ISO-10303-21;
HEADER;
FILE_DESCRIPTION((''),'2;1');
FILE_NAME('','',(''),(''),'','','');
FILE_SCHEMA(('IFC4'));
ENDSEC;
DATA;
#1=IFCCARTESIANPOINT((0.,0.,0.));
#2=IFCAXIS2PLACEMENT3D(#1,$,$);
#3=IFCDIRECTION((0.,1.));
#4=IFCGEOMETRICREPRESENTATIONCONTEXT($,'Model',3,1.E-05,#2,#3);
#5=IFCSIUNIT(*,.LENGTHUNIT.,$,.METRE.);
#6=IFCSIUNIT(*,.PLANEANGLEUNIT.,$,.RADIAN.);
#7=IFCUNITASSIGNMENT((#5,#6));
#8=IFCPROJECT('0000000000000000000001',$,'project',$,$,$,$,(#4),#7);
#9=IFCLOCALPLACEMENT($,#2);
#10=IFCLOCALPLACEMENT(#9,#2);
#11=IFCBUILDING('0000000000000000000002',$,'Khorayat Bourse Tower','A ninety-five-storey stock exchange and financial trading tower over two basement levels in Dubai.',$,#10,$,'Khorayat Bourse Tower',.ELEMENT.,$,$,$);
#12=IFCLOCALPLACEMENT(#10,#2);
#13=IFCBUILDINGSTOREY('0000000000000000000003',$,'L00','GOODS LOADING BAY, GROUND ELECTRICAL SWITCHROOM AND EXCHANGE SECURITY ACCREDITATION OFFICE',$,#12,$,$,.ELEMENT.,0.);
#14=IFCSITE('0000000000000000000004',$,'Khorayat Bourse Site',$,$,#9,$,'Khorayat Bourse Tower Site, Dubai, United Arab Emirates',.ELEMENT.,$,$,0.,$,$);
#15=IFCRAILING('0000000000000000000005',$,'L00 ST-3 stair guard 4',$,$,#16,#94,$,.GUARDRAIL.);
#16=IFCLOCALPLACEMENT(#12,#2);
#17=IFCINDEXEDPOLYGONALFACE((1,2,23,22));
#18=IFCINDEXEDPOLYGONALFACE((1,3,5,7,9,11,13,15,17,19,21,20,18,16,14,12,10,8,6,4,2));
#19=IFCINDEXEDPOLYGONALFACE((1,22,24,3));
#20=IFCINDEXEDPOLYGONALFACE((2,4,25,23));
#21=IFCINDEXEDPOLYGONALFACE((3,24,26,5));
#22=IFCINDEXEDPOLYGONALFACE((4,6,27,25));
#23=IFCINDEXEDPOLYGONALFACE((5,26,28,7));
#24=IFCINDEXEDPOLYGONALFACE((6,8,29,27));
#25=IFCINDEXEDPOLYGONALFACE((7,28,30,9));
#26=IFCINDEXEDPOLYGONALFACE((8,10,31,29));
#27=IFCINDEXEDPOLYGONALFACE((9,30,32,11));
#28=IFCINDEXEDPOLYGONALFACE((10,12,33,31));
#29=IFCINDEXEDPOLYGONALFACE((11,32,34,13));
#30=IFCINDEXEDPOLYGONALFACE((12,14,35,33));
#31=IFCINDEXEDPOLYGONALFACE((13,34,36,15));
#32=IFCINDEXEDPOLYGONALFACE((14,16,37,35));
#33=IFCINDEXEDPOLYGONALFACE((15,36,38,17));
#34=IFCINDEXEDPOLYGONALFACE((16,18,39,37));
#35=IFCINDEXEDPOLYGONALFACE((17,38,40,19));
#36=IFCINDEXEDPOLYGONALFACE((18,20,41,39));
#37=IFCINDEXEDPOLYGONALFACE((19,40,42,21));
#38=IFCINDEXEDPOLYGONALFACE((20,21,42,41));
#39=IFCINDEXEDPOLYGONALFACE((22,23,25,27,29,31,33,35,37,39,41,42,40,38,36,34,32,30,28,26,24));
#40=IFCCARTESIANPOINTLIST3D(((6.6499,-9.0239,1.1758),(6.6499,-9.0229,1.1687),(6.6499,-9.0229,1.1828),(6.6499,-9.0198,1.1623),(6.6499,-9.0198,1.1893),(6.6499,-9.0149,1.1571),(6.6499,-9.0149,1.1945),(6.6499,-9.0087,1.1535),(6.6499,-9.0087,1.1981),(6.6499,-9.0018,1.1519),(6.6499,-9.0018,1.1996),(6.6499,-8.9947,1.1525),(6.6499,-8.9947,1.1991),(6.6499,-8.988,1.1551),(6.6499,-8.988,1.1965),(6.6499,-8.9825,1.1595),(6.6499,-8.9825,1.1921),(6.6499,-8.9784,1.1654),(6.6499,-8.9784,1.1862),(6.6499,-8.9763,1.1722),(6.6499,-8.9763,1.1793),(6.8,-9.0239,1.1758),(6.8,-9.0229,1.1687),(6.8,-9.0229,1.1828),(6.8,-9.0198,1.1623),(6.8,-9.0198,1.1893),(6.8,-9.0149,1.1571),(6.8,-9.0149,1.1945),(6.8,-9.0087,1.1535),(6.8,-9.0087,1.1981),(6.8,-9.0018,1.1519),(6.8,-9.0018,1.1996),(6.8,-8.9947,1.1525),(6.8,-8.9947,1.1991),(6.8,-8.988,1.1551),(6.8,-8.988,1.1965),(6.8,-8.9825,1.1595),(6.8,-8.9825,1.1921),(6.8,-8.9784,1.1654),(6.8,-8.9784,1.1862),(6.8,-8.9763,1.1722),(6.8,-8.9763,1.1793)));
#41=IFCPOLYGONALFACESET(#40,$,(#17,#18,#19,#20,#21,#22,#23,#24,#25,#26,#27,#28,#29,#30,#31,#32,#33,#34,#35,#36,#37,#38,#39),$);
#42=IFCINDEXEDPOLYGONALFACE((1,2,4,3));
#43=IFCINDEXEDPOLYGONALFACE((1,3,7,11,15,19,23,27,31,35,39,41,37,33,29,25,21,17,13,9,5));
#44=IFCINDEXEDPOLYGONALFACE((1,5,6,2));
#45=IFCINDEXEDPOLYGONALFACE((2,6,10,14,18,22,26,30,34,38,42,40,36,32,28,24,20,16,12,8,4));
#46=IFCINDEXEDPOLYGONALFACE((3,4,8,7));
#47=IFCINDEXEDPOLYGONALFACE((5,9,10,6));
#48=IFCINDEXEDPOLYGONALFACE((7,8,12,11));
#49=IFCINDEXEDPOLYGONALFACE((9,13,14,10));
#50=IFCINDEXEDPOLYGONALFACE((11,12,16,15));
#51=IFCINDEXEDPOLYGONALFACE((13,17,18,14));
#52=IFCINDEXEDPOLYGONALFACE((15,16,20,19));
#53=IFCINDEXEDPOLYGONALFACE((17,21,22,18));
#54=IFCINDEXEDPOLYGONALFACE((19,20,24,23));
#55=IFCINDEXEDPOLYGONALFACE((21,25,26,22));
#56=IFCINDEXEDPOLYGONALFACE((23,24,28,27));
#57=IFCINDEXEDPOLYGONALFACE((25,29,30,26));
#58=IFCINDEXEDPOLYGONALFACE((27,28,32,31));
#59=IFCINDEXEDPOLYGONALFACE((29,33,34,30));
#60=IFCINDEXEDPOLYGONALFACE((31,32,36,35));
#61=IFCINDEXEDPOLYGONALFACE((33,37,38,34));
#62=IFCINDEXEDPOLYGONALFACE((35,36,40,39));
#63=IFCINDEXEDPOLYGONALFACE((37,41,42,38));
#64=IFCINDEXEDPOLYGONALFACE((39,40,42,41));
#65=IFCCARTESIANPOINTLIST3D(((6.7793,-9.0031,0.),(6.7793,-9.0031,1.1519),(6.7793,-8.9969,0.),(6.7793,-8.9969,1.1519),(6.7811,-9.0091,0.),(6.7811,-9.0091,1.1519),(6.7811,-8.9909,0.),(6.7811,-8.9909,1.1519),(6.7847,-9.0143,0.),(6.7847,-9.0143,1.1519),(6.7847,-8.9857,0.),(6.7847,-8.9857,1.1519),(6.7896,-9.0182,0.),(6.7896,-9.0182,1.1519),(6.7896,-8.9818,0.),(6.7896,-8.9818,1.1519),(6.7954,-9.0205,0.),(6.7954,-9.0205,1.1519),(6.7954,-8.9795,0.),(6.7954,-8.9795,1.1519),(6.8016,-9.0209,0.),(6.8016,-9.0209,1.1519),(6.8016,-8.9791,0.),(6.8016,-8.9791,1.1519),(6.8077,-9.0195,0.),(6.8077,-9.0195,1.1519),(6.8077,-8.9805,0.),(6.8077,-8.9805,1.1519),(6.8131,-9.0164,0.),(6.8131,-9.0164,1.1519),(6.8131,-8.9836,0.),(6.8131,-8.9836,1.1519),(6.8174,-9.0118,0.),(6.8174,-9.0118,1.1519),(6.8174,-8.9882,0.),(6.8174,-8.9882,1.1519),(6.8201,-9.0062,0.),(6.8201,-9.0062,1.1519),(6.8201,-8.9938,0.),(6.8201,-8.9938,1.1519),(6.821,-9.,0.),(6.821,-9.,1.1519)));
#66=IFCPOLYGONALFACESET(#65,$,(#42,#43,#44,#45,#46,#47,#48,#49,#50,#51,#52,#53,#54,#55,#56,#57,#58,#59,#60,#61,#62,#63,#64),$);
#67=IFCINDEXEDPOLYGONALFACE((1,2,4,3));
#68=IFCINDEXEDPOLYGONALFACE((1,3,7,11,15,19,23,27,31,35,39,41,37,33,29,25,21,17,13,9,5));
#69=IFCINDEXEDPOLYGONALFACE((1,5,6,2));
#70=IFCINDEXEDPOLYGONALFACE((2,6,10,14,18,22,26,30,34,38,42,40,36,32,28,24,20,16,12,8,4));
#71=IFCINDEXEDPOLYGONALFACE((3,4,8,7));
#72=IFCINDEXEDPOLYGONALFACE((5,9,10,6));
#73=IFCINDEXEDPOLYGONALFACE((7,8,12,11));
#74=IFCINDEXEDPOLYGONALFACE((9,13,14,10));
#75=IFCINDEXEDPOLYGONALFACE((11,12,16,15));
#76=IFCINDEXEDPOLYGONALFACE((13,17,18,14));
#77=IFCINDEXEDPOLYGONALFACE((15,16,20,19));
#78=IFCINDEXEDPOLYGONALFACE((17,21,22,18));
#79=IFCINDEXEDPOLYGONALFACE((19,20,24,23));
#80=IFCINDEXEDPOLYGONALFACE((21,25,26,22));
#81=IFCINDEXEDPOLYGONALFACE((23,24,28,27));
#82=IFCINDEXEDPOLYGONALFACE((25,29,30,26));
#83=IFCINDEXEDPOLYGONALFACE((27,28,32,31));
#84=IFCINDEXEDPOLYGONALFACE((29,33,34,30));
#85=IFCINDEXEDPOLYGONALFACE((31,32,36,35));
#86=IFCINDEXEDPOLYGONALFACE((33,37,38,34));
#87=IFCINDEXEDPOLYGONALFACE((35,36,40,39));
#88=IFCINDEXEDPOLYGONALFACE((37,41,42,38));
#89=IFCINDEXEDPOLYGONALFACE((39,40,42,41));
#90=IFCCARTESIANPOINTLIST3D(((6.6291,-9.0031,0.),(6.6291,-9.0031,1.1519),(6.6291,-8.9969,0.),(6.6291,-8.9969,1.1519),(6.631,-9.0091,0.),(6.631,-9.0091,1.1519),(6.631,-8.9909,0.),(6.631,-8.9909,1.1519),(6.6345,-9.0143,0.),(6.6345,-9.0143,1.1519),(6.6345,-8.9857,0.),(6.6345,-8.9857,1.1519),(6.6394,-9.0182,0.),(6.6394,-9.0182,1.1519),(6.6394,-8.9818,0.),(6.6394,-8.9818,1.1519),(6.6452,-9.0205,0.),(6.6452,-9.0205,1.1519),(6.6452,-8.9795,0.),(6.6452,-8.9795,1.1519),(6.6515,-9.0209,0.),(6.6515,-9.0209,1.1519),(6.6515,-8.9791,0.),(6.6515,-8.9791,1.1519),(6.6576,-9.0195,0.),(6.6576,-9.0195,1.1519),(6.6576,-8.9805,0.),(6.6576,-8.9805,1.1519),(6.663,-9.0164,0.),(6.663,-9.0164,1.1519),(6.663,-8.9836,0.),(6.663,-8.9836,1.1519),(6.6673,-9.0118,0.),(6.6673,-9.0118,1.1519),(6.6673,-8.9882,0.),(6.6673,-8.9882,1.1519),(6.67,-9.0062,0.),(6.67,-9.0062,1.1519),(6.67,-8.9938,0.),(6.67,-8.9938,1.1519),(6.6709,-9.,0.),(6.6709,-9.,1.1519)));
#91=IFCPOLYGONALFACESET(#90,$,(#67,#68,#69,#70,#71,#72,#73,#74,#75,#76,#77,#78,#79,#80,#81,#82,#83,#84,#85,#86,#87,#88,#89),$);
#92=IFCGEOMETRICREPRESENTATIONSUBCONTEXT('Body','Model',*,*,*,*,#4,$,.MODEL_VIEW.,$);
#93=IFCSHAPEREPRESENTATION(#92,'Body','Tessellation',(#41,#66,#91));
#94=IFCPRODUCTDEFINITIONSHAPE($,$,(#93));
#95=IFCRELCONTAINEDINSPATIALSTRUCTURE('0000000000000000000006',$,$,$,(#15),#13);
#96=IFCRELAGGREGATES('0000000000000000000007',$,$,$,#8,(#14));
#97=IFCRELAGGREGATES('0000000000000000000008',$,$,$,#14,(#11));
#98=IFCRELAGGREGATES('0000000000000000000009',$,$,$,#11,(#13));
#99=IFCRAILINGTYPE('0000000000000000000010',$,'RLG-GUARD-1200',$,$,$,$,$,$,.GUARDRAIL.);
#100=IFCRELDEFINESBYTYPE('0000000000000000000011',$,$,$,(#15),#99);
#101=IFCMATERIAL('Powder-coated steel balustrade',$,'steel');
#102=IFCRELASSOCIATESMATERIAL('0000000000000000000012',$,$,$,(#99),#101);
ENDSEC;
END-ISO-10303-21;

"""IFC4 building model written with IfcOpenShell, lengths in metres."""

from ifc_helpers import new_model, si_unit, direction, frame, origin, origin_2d, place, context, subcontext, project, spatial, circle, extrude, source, transform, mapped, material, type_object, element, save


model = new_model("IFC4")

# Units and contexts
model_context = context("Model", 3, precision=1e-05, world=origin(), true_north=direction((0.0, 1.0)))
body_context = subcontext(model_context, "Body", "Model", "MODEL_VIEW")
ifc_project = project(units=[si_unit("LENGTHUNIT", "METRE"), si_unit("PLANEANGLEUNIT", "RADIAN")], contexts=[model_context])

# Site, building, storey
site_placement = place(None, origin())
site = spatial("IfcSite", under=ifc_project, at=site_placement, Name="Khorayat Bourse Site", LongName="Khorayat Bourse Tower Site, Dubai, United Arab Emirates", CompositionType="ELEMENT", RefElevation=0.0)
building_placement = place(site_placement, origin())
building = spatial("IfcBuilding", under=site, at=building_placement, Name="Khorayat Bourse Tower", Description="A ninety-five-storey stock exchange and financial trading tower over two basement levels in Dubai.", LongName="Khorayat Bourse Tower", CompositionType="ELEMENT")
storey_placement = place(building_placement, origin())
storey = spatial("IfcBuildingStorey", under=building, at=storey_placement, Name="L00", Description="GOODS LOADING BAY, GROUND ELECTRICAL SWITCHROOM AND EXCHANGE SECURITY ACCREDITATION OFFICE", CompositionType="ELEMENT", Elevation=0.0)

# Railing
ifc_material_1 = material(Name="Powder-coated steel balustrade", Category="steel")
railing_type_1 = type_object("IfcRailingType", Name="RLG-GUARD-1200", PredefinedType="GUARDRAIL", material=ifc_material_1)
shared_shape_1 = source(origin(), body_context, "Body", "SweptSolid", [
    extrude(circle(Radius=0.0239, at=origin_2d()), frame((0.0, 0.0, 1.1758), z_axis=(-1.0, 0.0, 0.0), x_axis=(0.0, -1.0, 0.0)), (0.0, 0.0, 1.0), 0.1501),
    extrude(circle(Radius=0.021, at=origin_2d()), origin(), (0.0, 0.0, 1.0), 1.1519),
    extrude(circle(Radius=0.021, at=origin_2d()), frame((-0.1501, 0.0, 0.0)), (0.0, 0.0, 1.0), 1.1519),
])
for number, where, name in (
    (1, (6.8, -9.0, 0.0), "L00 ST-3 stair guard 4"),
):
    element("IfcRailing", number, at=place(storey_placement, frame(where)), inside=storey, type_object=railing_type_1, Name=name, PredefinedType="GUARDRAIL", context=body_context, shape_type="MappedRepresentation", body=[
        mapped(shared_shape_1, transform((0.0, 0.0, 0.0), scale=1.0)),
    ])

save(model, "model.ifc")
